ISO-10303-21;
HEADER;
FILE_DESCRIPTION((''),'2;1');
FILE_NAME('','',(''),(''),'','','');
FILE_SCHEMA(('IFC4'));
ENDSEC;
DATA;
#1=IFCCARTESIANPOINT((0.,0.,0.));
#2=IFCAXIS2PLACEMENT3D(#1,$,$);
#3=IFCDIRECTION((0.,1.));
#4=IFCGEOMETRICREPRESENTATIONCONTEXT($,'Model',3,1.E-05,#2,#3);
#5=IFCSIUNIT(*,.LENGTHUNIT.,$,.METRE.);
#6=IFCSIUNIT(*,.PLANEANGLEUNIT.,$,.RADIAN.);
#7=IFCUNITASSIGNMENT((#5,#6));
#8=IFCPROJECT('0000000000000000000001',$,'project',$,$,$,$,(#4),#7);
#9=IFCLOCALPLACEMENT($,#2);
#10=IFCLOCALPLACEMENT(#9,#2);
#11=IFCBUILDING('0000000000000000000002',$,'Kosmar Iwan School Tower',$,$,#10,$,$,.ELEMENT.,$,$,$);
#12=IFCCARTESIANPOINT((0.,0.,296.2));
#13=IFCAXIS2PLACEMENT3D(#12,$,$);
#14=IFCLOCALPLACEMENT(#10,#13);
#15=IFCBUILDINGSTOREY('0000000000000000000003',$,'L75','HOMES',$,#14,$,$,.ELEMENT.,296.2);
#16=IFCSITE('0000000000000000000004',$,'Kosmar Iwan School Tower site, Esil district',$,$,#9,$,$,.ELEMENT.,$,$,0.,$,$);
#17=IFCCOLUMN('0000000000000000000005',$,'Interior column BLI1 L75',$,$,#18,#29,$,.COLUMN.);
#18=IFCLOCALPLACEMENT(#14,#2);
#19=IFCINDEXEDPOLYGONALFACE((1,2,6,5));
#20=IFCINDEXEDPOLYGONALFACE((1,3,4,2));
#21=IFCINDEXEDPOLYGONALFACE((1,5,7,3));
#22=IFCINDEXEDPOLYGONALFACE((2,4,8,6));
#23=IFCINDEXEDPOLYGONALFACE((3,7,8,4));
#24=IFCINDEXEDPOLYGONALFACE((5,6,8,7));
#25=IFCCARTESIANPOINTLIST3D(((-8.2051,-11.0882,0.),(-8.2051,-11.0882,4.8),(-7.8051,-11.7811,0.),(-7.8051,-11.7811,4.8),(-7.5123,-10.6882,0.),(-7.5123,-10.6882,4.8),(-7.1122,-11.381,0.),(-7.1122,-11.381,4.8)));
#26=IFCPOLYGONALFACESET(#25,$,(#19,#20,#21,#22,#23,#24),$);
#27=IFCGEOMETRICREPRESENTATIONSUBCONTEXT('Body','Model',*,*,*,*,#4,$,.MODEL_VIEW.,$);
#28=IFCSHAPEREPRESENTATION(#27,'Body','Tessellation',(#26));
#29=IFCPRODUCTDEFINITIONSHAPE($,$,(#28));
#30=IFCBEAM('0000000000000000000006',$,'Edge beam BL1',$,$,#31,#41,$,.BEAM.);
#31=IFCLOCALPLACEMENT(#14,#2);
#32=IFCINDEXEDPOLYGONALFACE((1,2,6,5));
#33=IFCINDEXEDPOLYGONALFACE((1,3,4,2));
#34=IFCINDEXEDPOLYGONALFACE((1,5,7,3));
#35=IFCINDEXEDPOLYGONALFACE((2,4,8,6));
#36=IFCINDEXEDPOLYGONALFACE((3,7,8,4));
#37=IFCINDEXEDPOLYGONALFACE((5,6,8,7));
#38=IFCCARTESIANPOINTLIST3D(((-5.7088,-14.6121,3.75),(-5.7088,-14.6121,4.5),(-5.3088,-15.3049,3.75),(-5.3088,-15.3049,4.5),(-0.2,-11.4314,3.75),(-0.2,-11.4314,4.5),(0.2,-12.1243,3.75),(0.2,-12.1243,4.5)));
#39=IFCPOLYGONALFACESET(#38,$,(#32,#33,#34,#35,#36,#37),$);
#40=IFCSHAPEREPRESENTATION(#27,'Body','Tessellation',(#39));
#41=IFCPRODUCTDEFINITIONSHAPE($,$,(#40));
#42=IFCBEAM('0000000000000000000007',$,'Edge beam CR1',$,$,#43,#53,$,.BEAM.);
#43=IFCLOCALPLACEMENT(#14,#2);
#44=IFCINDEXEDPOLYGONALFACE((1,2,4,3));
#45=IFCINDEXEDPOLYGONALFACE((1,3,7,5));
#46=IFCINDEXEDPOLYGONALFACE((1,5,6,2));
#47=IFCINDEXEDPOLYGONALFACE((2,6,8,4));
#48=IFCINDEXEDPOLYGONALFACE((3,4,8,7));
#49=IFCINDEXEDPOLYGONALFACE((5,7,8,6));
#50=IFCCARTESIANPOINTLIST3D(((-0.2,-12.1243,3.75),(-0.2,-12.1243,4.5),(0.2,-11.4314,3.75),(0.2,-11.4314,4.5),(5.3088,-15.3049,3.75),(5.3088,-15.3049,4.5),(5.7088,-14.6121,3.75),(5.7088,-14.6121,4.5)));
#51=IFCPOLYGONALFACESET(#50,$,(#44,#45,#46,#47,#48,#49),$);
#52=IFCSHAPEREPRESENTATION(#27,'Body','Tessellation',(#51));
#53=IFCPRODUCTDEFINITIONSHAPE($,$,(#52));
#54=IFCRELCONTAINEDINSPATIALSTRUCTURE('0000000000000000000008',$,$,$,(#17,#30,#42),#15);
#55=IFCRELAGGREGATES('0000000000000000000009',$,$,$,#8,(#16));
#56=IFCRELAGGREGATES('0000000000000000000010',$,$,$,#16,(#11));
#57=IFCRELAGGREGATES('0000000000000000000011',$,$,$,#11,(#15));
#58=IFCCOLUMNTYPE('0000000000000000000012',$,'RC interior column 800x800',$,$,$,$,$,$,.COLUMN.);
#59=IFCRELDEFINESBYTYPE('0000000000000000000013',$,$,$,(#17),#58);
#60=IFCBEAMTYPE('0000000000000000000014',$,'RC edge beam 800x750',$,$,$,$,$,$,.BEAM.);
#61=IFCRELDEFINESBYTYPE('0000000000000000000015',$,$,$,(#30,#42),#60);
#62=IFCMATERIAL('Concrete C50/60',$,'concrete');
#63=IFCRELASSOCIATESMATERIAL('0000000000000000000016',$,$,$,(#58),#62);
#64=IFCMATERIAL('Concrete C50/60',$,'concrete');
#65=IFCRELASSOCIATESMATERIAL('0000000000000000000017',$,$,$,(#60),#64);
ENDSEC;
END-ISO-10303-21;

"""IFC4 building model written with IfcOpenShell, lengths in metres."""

from ifc_helpers import new_model, si_unit, direction, frame, origin, origin_2d, place, context, subcontext, project, spatial, rectangle, extrude, material, material_profile, profile_set, type_object, element, save


model = new_model("IFC4")

# Units and contexts
model_context = context("Model", 3, precision=1e-05, world=origin(), true_north=direction((0.0, 1.0)))
body_context = subcontext(model_context, "Body", "Model", "MODEL_VIEW")
ifc_project = project(units=[si_unit("LENGTHUNIT", "METRE"), si_unit("PLANEANGLEUNIT", "RADIAN")], contexts=[model_context])

# Site, building, storey
site_placement = place(None, origin())
site = spatial("IfcSite", under=ifc_project, at=site_placement, Name="Kosmar Iwan School Tower site, Esil district", CompositionType="ELEMENT", RefElevation=0.0)
building_placement = place(site_placement, origin())
building = spatial("IfcBuilding", under=site, at=building_placement, Name="Kosmar Iwan School Tower", CompositionType="ELEMENT")
storey_placement = place(building_placement, frame((0.0, 0.0, 296.2)))
storey = spatial("IfcBuildingStorey", under=building, at=storey_placement, Name="L75", Description="HOMES", CompositionType="ELEMENT", Elevation=296.2)

# Column
ifc_material_1 = material(Name="Concrete C50/60", Category="concrete")
ifc_material_profile_1 = material_profile(ifc_material_1, rectangle(XDim=0.8, YDim=0.8, at=origin_2d()), Name="RC 800x800")
ifc_profile_set_1 = profile_set([ifc_material_profile_1], Name="Concrete C50/60")
column_type = type_object("IfcColumnType", Name="RC interior column 800x800", PredefinedType="COLUMN", material=ifc_profile_set_1)
column_placement = place(storey_placement, frame((-7.6587, -11.2346, 0.0), z_axis=(0.0, 0.0, 1.0), x_axis=(-0.866025, -0.5, 0.0)))
element("IfcColumn", 1, at=column_placement, inside=storey, type_object=column_type, Name="Interior column BLI1 L75", PredefinedType="COLUMN", context=body_context, shape_type="SweptSolid", body=[
    extrude(rectangle(XDim=0.8, YDim=0.8, at=origin_2d()), origin(), (0.0, 0.0, 1.0), 4.8),
])

# Beams
ifc_material_2 = material(Name="Concrete C50/60", Category="concrete")
ifc_material_profile_2 = material_profile(ifc_material_2, rectangle(XDim=0.8, YDim=0.75, at=origin_2d()), Name="RC 800x750")
ifc_profile_set_2 = profile_set([ifc_material_profile_2], Name="Concrete C50/60")
beam_type = type_object("IfcBeamType", Name="RC edge beam 800x750", PredefinedType="BEAM", material=ifc_profile_set_2)
for number, where, z_axis, x_axis, name in (
    (2, (0.0, -11.7778, 4.125), (-0.866014, -0.500019, 0.0), (0.500019, -0.866014, 0.0), "Edge beam BL1"),
    (3, (0.0, -11.7778, 4.125), (0.866014, -0.500019, 0.0), (0.500019, 0.866014, 0.0), "Edge beam CR1"),
):
    element("IfcBeam", number, at=place(storey_placement, frame(where, z_axis=z_axis, x_axis=x_axis)), inside=storey, type_object=beam_type, Name=name, PredefinedType="BEAM", context=body_context, shape_type="SweptSolid", body=[
        extrude(rectangle(XDim=0.8, YDim=0.75, at=origin_2d()), origin(), (0.0, 0.0, 1.0), 6.3611),
    ])

save(model, "model.ifc")
